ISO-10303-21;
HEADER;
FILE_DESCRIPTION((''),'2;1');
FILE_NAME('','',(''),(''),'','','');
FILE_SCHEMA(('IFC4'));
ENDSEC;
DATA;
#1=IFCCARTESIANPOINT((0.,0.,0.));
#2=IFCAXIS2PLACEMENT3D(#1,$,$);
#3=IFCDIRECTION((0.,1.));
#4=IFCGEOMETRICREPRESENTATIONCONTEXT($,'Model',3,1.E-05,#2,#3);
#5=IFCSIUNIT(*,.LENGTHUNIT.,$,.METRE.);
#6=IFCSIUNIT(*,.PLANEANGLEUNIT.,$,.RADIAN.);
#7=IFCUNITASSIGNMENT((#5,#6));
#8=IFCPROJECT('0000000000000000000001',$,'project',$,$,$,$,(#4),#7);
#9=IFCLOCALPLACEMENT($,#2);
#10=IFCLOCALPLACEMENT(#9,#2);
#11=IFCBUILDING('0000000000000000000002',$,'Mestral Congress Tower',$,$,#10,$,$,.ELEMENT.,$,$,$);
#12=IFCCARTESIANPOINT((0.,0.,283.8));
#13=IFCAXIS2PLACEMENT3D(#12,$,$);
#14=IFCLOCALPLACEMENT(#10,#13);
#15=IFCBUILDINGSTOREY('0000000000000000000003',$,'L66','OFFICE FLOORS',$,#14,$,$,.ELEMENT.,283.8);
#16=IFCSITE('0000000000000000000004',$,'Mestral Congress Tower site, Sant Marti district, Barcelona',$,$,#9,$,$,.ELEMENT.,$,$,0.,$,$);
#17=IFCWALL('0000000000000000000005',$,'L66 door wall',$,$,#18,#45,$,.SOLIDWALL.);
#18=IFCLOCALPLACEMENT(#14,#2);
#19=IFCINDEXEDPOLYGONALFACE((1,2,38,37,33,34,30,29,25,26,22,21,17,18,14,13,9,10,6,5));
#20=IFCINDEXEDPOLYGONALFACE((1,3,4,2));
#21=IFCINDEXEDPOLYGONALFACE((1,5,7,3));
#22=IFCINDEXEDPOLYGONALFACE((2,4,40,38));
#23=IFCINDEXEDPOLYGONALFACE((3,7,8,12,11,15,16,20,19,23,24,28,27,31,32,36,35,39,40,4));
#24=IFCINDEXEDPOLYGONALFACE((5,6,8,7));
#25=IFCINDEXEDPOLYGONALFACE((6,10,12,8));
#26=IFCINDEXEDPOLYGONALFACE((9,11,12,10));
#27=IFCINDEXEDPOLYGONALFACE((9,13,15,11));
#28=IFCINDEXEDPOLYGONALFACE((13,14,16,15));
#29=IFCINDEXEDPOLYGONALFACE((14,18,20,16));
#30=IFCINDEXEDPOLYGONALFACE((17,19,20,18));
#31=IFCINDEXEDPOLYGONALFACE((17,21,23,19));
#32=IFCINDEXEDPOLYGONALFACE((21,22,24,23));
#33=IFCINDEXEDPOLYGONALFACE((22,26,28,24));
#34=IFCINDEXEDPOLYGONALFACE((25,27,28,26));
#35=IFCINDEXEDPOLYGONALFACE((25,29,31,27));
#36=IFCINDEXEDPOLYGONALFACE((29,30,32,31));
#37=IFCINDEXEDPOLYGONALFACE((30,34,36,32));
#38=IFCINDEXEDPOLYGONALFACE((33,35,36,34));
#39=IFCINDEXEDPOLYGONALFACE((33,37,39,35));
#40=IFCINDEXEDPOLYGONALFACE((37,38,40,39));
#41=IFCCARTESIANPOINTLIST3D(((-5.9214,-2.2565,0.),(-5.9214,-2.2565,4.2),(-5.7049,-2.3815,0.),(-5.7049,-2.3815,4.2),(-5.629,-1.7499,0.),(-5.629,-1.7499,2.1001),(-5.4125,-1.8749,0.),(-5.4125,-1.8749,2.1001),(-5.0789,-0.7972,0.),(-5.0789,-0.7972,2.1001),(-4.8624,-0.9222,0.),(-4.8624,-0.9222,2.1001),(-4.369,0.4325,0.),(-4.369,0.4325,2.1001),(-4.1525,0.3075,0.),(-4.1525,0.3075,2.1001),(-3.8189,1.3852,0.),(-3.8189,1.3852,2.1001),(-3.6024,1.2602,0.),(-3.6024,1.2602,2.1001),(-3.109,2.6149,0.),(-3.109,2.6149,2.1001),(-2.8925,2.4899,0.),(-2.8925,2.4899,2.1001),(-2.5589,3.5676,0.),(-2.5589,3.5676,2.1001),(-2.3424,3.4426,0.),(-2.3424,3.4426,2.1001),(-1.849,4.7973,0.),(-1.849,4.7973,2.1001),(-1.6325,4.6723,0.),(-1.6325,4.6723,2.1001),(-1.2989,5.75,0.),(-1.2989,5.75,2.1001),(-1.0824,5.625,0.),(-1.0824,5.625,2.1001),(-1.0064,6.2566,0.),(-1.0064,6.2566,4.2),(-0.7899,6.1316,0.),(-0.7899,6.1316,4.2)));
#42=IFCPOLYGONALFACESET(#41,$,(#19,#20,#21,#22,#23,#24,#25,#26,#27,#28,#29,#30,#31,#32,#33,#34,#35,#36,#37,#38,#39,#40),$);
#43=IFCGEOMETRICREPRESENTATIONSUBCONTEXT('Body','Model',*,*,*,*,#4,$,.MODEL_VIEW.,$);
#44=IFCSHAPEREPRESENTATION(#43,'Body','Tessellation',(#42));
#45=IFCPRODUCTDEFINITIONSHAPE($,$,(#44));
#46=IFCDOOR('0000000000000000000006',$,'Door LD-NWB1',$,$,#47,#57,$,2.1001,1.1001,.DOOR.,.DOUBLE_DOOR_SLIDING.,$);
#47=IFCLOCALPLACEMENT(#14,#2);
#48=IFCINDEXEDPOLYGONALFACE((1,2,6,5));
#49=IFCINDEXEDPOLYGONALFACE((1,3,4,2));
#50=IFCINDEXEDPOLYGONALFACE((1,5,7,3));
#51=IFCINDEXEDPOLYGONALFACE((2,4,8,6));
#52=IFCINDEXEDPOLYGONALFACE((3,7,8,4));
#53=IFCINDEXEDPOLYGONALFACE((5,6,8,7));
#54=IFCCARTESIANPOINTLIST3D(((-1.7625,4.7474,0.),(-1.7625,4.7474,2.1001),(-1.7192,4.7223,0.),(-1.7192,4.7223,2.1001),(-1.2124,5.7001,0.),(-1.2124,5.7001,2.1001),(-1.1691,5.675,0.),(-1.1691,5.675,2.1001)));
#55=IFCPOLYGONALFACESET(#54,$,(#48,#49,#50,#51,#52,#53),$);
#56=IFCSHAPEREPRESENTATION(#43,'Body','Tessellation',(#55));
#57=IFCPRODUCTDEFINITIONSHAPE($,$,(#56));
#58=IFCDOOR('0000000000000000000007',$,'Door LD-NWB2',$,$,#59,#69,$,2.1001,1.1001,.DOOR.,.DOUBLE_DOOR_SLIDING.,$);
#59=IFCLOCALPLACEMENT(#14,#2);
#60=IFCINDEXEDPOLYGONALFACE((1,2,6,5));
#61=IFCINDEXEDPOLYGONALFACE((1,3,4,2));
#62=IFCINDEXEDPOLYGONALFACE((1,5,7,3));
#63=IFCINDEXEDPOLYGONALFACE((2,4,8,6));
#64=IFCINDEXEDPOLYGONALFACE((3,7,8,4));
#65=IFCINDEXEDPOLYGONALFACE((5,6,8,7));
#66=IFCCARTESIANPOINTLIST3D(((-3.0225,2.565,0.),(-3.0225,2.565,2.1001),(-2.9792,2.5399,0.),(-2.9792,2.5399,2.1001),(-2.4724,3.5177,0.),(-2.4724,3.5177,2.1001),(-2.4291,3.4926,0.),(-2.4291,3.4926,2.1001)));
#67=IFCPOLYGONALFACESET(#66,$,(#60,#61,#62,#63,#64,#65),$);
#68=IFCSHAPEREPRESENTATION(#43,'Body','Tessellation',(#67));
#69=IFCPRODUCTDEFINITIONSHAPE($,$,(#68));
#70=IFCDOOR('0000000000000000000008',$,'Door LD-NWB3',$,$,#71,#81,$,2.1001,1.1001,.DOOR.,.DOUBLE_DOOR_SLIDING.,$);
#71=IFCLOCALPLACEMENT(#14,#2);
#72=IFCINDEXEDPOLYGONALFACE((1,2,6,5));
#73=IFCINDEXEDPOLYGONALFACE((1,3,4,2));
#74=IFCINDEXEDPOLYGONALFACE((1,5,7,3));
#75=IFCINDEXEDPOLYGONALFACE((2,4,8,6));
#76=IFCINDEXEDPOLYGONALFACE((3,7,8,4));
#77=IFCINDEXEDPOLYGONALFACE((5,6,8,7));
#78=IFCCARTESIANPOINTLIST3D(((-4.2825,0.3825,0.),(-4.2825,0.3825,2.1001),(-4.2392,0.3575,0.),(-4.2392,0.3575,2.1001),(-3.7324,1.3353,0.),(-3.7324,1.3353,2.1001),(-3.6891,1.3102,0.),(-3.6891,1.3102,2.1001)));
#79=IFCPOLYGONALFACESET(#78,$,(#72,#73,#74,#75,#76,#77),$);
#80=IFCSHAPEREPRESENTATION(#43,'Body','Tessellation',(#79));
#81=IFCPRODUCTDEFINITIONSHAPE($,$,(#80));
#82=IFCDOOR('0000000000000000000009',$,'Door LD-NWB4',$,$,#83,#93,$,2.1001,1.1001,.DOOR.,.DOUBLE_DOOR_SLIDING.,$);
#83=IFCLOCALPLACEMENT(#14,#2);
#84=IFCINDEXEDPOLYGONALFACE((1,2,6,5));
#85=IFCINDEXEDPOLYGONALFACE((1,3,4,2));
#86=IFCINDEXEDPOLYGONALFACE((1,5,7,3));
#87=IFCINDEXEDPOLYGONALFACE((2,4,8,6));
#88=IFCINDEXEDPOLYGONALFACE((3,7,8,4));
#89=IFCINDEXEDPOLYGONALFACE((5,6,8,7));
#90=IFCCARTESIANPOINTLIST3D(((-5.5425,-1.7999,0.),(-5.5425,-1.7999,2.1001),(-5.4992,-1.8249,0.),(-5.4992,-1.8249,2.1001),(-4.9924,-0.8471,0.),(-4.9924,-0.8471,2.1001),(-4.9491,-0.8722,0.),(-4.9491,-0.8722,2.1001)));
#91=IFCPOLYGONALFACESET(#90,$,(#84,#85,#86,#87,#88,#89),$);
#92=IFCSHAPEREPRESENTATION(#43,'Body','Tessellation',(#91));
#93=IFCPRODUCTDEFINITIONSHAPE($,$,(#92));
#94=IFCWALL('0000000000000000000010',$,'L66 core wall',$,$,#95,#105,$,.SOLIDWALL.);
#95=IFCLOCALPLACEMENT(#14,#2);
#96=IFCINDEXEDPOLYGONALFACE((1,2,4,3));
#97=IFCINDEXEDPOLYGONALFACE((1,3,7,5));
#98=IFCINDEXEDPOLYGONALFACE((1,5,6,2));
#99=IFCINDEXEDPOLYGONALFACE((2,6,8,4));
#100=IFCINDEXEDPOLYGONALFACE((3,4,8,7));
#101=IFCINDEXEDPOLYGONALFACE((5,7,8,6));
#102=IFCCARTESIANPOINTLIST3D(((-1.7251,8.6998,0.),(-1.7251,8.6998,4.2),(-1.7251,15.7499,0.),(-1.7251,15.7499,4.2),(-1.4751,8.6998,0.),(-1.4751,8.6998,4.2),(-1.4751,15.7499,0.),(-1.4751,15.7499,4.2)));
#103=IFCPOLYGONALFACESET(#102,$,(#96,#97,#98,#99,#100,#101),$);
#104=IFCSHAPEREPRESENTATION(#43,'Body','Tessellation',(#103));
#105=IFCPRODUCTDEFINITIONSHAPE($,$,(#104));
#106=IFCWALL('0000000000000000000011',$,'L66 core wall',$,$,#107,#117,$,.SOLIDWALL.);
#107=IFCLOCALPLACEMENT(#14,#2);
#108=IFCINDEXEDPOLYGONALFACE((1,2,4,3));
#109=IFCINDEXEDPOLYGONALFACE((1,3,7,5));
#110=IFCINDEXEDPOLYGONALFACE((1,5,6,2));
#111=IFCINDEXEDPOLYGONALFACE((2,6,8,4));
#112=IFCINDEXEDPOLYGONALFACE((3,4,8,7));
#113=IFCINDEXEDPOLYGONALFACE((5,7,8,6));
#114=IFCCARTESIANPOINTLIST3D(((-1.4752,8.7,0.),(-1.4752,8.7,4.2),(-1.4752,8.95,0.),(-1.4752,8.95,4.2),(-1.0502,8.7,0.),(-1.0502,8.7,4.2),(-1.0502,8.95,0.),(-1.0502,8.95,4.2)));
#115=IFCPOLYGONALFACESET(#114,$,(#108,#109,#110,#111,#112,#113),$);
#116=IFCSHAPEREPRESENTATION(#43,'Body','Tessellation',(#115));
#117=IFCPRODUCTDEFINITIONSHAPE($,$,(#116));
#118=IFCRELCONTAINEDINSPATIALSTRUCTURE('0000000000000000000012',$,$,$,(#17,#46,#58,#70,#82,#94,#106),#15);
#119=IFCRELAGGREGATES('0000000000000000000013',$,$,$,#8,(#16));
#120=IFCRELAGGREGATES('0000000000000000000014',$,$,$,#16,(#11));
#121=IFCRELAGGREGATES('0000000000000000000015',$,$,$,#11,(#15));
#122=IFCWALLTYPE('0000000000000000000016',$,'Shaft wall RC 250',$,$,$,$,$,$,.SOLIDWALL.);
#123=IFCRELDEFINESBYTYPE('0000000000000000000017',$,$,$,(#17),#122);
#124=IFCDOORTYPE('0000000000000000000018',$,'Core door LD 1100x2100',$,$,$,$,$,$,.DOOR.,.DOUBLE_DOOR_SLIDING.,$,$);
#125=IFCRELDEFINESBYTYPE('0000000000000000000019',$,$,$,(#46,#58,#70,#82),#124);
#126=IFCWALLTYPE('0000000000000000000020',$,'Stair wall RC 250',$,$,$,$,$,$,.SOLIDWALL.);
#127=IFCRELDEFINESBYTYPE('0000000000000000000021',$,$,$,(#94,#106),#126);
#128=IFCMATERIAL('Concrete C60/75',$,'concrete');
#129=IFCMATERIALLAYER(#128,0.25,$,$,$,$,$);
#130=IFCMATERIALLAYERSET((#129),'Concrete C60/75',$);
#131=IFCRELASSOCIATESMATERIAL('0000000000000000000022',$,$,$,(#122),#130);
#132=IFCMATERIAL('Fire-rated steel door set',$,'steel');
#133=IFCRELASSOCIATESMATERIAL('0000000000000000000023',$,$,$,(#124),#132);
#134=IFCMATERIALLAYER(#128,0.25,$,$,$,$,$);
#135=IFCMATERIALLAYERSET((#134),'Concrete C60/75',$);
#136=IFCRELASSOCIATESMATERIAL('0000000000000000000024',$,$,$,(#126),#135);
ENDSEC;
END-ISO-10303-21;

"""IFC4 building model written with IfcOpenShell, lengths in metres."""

from ifc_helpers import new_model, si_unit, direction, frame, frame_2d, origin, place, context, subcontext, project, spatial, rectangle, extrude, material, layer, layer_set, type_object, element, fill, save


model = new_model("IFC4")

# Units and contexts
model_context = context("Model", 3, precision=1e-05, world=origin(), true_north=direction((0.0, 1.0)))
body_context = subcontext(model_context, "Body", "Model", "MODEL_VIEW")
ifc_project = project(units=[si_unit("LENGTHUNIT", "METRE"), si_unit("PLANEANGLEUNIT", "RADIAN")], contexts=[model_context])

# Site, building, storey
site_placement = place(None, origin())
site = spatial("IfcSite", under=ifc_project, at=site_placement, Name="Mestral Congress Tower site, Sant Marti district, Barcelona", CompositionType="ELEMENT", RefElevation=0.0)
building_placement = place(site_placement, origin())
building = spatial("IfcBuilding", under=site, at=building_placement, Name="Mestral Congress Tower", CompositionType="ELEMENT")
storey_placement = place(building_placement, frame((0.0, 0.0, 283.8)))
storey = spatial("IfcBuildingStorey", under=building, at=storey_placement, Name="L66", Description="OFFICE FLOORS", CompositionType="ELEMENT", Elevation=283.8)

# Shared definitions
ifc_material_1 = material(Name="Concrete C60/75", Category="concrete")

# Shared definitions
ifc_material_2 = material(Name="Fire-rated steel door set", Category="steel")

# Shared definitions
ifc_layer_1 = layer(ifc_material_1, 0.25)
ifc_layer_set_1 = layer_set([ifc_layer_1], Name="Concrete C60/75")
wall_type_1 = type_object("IfcWallType", Name="Shaft wall RC 250", PredefinedType="SOLIDWALL", material=ifc_layer_set_1)

# Wall, openings, doors
wall_1_placement = place(storey_placement, frame((-0.8982, 6.1941, 0.0), z_axis=(0.0, 0.0, 1.0), x_axis=(-0.499996, -0.866028, 0.0)))
wall_1 = element("IfcWall", 1, at=wall_1_placement, inside=storey, type_object=wall_type_1, Name="L66 door wall", PredefinedType="SOLIDWALL", context=body_context, shape_type="SweptSolid", body=[
    extrude(rectangle(XDim=9.8301, YDim=0.25, at=frame_2d((4.915, 0.0))), origin(), (0.0, 0.0, 1.0), 4.2),
])
opening_1_placement = place(wall_1_placement, frame((0.585, 0.0, 0.0)))
opening_1 = element("IfcOpeningElement", 2, at=opening_1_placement, cuts=wall_1, PredefinedType="OPENING", context=body_context, shape_type="SweptSolid", body=[
    extrude(rectangle(XDim=1.1001, YDim=2.1001, at=frame_2d((0.55, 1.05))), frame((0.0, 0.135, 0.0), z_axis=(0.0, -1.0, 0.0), x_axis=(1.0, 0.0, 0.0)), (0.0, 0.0, 1.0), 0.27),
])
opening_2_placement = place(wall_1_placement, frame((3.105, 0.0, 0.0)))
opening_2 = element("IfcOpeningElement", 3, at=opening_2_placement, cuts=wall_1, PredefinedType="OPENING", context=body_context, shape_type="SweptSolid", body=[
    extrude(rectangle(XDim=1.1001, YDim=2.1001, at=frame_2d((0.55, 1.05))), frame((0.0, 0.135, 0.0), z_axis=(0.0, -1.0, 0.0), x_axis=(1.0, 0.0, 0.0)), (0.0, 0.0, 1.0), 0.27),
])
opening_3_placement = place(wall_1_placement, frame((5.625, 0.0, 0.0)))
opening_3 = element("IfcOpeningElement", 4, at=opening_3_placement, cuts=wall_1, PredefinedType="OPENING", context=body_context, shape_type="SweptSolid", body=[
    extrude(rectangle(XDim=1.1001, YDim=2.1001, at=frame_2d((0.55, 1.05))), frame((0.0, 0.135, 0.0), z_axis=(0.0, -1.0, 0.0), x_axis=(1.0, 0.0, 0.0)), (0.0, 0.0, 1.0), 0.27),
])
opening_4_placement = place(wall_1_placement, frame((8.145, 0.0, 0.0)))
opening_4 = element("IfcOpeningElement", 5, at=opening_4_placement, cuts=wall_1, PredefinedType="OPENING", context=body_context, shape_type="SweptSolid", body=[
    extrude(rectangle(XDim=1.1001, YDim=2.1001, at=frame_2d((0.55, 1.05))), frame((0.0, 0.135, 0.0), z_axis=(0.0, -1.0, 0.0), x_axis=(1.0, 0.0, 0.0)), (0.0, 0.0, 1.0), 0.27),
])
door_type_1 = type_object("IfcDoorType", Name="Core door LD 1100x2100", OperationType="DOUBLE_DOOR_SLIDING", PredefinedType="DOOR", material=ifc_material_2)
door_1_placement = place(opening_1_placement, origin())
door_1 = element("IfcDoor", 6, at=door_1_placement, inside=storey, type_object=door_type_1, Name="Door LD-NWB1", OperationType="DOUBLE_DOOR_SLIDING", OverallHeight=2.1001, OverallWidth=1.1001, PredefinedType="DOOR", context=body_context, shape_type="SweptSolid", body=[
    extrude(rectangle(XDim=1.1001, YDim=2.1001, at=frame_2d((0.55, 1.05))), frame((0.0, 0.0249, 0.0), z_axis=(0.0, -1.0, 0.0), x_axis=(1.0, 0.0, 0.0)), (0.0, 0.0, 1.0), 0.05),
])
fill(opening_1, door_1)
door_2_placement = place(opening_2_placement, origin())
door_2 = element("IfcDoor", 7, at=door_2_placement, inside=storey, type_object=door_type_1, Name="Door LD-NWB2", OperationType="DOUBLE_DOOR_SLIDING", OverallHeight=2.1001, OverallWidth=1.1001, PredefinedType="DOOR", context=body_context, shape_type="SweptSolid", body=[
    extrude(rectangle(XDim=1.1001, YDim=2.1001, at=frame_2d((0.55, 1.05))), frame((0.0, 0.0249, 0.0), z_axis=(0.0, -1.0, 0.0), x_axis=(1.0, 0.0, 0.0)), (0.0, 0.0, 1.0), 0.05),
])
fill(opening_2, door_2)
door_3_placement = place(opening_3_placement, origin())
door_3 = element("IfcDoor", 8, at=door_3_placement, inside=storey, type_object=door_type_1, Name="Door LD-NWB3", OperationType="DOUBLE_DOOR_SLIDING", OverallHeight=2.1001, OverallWidth=1.1001, PredefinedType="DOOR", context=body_context, shape_type="SweptSolid", body=[
    extrude(rectangle(XDim=1.1001, YDim=2.1001, at=frame_2d((0.55, 1.05))), frame((0.0, 0.0249, 0.0), z_axis=(0.0, -1.0, 0.0), x_axis=(1.0, 0.0, 0.0)), (0.0, 0.0, 1.0), 0.05),
])
fill(opening_3, door_3)
door_4_placement = place(opening_4_placement, origin())
door_4 = element("IfcDoor", 9, at=door_4_placement, inside=storey, type_object=door_type_1, Name="Door LD-NWB4", OperationType="DOUBLE_DOOR_SLIDING", OverallHeight=2.1001, OverallWidth=1.1001, PredefinedType="DOOR", context=body_context, shape_type="SweptSolid", body=[
    extrude(rectangle(XDim=1.1001, YDim=2.1001, at=frame_2d((0.55, 1.05))), frame((0.0, 0.0249, 0.0), z_axis=(0.0, -1.0, 0.0), x_axis=(1.0, 0.0, 0.0)), (0.0, 0.0, 1.0), 0.05),
])
fill(opening_4, door_4)

# Walls
ifc_layer_2 = layer(ifc_material_1, 0.25)
ifc_layer_set_2 = layer_set([ifc_layer_2], Name="Concrete C60/75")
wall_type_2 = type_object("IfcWallType", Name="Stair wall RC 250", PredefinedType="SOLIDWALL", material=ifc_layer_set_2)
wall_2_placement = place(storey_placement, frame((-1.6001, 8.7, 0.0), z_axis=(0.0, 0.0, 1.0), x_axis=(0.0, 1.0, 0.0)))
element("IfcWall", 10, at=wall_2_placement, inside=storey, type_object=wall_type_2, Name="L66 core wall", PredefinedType="SOLIDWALL", context=body_context, shape_type="SweptSolid", body=[
    extrude(rectangle(XDim=7.05, YDim=0.25, at=frame_2d((3.5249, 0.0))), origin(), (0.0, 0.0, 1.0), 4.2),
])
wall_3_placement = place(storey_placement, frame((-1.4751, 8.825, 0.0), z_axis=(0.0, 0.0, 1.0), x_axis=(1.0, 0.0, 0.0)))
element("IfcWall", 11, at=wall_3_placement, inside=storey, type_object=wall_type_2, Name="L66 core wall", PredefinedType="SOLIDWALL", context=body_context, shape_type="SweptSolid", body=[
    extrude(rectangle(XDim=0.425, YDim=0.25, at=frame_2d((0.2124, 0.0))), origin(), (0.0, 0.0, 1.0), 4.2),
])

save(model, "model.ifc")
